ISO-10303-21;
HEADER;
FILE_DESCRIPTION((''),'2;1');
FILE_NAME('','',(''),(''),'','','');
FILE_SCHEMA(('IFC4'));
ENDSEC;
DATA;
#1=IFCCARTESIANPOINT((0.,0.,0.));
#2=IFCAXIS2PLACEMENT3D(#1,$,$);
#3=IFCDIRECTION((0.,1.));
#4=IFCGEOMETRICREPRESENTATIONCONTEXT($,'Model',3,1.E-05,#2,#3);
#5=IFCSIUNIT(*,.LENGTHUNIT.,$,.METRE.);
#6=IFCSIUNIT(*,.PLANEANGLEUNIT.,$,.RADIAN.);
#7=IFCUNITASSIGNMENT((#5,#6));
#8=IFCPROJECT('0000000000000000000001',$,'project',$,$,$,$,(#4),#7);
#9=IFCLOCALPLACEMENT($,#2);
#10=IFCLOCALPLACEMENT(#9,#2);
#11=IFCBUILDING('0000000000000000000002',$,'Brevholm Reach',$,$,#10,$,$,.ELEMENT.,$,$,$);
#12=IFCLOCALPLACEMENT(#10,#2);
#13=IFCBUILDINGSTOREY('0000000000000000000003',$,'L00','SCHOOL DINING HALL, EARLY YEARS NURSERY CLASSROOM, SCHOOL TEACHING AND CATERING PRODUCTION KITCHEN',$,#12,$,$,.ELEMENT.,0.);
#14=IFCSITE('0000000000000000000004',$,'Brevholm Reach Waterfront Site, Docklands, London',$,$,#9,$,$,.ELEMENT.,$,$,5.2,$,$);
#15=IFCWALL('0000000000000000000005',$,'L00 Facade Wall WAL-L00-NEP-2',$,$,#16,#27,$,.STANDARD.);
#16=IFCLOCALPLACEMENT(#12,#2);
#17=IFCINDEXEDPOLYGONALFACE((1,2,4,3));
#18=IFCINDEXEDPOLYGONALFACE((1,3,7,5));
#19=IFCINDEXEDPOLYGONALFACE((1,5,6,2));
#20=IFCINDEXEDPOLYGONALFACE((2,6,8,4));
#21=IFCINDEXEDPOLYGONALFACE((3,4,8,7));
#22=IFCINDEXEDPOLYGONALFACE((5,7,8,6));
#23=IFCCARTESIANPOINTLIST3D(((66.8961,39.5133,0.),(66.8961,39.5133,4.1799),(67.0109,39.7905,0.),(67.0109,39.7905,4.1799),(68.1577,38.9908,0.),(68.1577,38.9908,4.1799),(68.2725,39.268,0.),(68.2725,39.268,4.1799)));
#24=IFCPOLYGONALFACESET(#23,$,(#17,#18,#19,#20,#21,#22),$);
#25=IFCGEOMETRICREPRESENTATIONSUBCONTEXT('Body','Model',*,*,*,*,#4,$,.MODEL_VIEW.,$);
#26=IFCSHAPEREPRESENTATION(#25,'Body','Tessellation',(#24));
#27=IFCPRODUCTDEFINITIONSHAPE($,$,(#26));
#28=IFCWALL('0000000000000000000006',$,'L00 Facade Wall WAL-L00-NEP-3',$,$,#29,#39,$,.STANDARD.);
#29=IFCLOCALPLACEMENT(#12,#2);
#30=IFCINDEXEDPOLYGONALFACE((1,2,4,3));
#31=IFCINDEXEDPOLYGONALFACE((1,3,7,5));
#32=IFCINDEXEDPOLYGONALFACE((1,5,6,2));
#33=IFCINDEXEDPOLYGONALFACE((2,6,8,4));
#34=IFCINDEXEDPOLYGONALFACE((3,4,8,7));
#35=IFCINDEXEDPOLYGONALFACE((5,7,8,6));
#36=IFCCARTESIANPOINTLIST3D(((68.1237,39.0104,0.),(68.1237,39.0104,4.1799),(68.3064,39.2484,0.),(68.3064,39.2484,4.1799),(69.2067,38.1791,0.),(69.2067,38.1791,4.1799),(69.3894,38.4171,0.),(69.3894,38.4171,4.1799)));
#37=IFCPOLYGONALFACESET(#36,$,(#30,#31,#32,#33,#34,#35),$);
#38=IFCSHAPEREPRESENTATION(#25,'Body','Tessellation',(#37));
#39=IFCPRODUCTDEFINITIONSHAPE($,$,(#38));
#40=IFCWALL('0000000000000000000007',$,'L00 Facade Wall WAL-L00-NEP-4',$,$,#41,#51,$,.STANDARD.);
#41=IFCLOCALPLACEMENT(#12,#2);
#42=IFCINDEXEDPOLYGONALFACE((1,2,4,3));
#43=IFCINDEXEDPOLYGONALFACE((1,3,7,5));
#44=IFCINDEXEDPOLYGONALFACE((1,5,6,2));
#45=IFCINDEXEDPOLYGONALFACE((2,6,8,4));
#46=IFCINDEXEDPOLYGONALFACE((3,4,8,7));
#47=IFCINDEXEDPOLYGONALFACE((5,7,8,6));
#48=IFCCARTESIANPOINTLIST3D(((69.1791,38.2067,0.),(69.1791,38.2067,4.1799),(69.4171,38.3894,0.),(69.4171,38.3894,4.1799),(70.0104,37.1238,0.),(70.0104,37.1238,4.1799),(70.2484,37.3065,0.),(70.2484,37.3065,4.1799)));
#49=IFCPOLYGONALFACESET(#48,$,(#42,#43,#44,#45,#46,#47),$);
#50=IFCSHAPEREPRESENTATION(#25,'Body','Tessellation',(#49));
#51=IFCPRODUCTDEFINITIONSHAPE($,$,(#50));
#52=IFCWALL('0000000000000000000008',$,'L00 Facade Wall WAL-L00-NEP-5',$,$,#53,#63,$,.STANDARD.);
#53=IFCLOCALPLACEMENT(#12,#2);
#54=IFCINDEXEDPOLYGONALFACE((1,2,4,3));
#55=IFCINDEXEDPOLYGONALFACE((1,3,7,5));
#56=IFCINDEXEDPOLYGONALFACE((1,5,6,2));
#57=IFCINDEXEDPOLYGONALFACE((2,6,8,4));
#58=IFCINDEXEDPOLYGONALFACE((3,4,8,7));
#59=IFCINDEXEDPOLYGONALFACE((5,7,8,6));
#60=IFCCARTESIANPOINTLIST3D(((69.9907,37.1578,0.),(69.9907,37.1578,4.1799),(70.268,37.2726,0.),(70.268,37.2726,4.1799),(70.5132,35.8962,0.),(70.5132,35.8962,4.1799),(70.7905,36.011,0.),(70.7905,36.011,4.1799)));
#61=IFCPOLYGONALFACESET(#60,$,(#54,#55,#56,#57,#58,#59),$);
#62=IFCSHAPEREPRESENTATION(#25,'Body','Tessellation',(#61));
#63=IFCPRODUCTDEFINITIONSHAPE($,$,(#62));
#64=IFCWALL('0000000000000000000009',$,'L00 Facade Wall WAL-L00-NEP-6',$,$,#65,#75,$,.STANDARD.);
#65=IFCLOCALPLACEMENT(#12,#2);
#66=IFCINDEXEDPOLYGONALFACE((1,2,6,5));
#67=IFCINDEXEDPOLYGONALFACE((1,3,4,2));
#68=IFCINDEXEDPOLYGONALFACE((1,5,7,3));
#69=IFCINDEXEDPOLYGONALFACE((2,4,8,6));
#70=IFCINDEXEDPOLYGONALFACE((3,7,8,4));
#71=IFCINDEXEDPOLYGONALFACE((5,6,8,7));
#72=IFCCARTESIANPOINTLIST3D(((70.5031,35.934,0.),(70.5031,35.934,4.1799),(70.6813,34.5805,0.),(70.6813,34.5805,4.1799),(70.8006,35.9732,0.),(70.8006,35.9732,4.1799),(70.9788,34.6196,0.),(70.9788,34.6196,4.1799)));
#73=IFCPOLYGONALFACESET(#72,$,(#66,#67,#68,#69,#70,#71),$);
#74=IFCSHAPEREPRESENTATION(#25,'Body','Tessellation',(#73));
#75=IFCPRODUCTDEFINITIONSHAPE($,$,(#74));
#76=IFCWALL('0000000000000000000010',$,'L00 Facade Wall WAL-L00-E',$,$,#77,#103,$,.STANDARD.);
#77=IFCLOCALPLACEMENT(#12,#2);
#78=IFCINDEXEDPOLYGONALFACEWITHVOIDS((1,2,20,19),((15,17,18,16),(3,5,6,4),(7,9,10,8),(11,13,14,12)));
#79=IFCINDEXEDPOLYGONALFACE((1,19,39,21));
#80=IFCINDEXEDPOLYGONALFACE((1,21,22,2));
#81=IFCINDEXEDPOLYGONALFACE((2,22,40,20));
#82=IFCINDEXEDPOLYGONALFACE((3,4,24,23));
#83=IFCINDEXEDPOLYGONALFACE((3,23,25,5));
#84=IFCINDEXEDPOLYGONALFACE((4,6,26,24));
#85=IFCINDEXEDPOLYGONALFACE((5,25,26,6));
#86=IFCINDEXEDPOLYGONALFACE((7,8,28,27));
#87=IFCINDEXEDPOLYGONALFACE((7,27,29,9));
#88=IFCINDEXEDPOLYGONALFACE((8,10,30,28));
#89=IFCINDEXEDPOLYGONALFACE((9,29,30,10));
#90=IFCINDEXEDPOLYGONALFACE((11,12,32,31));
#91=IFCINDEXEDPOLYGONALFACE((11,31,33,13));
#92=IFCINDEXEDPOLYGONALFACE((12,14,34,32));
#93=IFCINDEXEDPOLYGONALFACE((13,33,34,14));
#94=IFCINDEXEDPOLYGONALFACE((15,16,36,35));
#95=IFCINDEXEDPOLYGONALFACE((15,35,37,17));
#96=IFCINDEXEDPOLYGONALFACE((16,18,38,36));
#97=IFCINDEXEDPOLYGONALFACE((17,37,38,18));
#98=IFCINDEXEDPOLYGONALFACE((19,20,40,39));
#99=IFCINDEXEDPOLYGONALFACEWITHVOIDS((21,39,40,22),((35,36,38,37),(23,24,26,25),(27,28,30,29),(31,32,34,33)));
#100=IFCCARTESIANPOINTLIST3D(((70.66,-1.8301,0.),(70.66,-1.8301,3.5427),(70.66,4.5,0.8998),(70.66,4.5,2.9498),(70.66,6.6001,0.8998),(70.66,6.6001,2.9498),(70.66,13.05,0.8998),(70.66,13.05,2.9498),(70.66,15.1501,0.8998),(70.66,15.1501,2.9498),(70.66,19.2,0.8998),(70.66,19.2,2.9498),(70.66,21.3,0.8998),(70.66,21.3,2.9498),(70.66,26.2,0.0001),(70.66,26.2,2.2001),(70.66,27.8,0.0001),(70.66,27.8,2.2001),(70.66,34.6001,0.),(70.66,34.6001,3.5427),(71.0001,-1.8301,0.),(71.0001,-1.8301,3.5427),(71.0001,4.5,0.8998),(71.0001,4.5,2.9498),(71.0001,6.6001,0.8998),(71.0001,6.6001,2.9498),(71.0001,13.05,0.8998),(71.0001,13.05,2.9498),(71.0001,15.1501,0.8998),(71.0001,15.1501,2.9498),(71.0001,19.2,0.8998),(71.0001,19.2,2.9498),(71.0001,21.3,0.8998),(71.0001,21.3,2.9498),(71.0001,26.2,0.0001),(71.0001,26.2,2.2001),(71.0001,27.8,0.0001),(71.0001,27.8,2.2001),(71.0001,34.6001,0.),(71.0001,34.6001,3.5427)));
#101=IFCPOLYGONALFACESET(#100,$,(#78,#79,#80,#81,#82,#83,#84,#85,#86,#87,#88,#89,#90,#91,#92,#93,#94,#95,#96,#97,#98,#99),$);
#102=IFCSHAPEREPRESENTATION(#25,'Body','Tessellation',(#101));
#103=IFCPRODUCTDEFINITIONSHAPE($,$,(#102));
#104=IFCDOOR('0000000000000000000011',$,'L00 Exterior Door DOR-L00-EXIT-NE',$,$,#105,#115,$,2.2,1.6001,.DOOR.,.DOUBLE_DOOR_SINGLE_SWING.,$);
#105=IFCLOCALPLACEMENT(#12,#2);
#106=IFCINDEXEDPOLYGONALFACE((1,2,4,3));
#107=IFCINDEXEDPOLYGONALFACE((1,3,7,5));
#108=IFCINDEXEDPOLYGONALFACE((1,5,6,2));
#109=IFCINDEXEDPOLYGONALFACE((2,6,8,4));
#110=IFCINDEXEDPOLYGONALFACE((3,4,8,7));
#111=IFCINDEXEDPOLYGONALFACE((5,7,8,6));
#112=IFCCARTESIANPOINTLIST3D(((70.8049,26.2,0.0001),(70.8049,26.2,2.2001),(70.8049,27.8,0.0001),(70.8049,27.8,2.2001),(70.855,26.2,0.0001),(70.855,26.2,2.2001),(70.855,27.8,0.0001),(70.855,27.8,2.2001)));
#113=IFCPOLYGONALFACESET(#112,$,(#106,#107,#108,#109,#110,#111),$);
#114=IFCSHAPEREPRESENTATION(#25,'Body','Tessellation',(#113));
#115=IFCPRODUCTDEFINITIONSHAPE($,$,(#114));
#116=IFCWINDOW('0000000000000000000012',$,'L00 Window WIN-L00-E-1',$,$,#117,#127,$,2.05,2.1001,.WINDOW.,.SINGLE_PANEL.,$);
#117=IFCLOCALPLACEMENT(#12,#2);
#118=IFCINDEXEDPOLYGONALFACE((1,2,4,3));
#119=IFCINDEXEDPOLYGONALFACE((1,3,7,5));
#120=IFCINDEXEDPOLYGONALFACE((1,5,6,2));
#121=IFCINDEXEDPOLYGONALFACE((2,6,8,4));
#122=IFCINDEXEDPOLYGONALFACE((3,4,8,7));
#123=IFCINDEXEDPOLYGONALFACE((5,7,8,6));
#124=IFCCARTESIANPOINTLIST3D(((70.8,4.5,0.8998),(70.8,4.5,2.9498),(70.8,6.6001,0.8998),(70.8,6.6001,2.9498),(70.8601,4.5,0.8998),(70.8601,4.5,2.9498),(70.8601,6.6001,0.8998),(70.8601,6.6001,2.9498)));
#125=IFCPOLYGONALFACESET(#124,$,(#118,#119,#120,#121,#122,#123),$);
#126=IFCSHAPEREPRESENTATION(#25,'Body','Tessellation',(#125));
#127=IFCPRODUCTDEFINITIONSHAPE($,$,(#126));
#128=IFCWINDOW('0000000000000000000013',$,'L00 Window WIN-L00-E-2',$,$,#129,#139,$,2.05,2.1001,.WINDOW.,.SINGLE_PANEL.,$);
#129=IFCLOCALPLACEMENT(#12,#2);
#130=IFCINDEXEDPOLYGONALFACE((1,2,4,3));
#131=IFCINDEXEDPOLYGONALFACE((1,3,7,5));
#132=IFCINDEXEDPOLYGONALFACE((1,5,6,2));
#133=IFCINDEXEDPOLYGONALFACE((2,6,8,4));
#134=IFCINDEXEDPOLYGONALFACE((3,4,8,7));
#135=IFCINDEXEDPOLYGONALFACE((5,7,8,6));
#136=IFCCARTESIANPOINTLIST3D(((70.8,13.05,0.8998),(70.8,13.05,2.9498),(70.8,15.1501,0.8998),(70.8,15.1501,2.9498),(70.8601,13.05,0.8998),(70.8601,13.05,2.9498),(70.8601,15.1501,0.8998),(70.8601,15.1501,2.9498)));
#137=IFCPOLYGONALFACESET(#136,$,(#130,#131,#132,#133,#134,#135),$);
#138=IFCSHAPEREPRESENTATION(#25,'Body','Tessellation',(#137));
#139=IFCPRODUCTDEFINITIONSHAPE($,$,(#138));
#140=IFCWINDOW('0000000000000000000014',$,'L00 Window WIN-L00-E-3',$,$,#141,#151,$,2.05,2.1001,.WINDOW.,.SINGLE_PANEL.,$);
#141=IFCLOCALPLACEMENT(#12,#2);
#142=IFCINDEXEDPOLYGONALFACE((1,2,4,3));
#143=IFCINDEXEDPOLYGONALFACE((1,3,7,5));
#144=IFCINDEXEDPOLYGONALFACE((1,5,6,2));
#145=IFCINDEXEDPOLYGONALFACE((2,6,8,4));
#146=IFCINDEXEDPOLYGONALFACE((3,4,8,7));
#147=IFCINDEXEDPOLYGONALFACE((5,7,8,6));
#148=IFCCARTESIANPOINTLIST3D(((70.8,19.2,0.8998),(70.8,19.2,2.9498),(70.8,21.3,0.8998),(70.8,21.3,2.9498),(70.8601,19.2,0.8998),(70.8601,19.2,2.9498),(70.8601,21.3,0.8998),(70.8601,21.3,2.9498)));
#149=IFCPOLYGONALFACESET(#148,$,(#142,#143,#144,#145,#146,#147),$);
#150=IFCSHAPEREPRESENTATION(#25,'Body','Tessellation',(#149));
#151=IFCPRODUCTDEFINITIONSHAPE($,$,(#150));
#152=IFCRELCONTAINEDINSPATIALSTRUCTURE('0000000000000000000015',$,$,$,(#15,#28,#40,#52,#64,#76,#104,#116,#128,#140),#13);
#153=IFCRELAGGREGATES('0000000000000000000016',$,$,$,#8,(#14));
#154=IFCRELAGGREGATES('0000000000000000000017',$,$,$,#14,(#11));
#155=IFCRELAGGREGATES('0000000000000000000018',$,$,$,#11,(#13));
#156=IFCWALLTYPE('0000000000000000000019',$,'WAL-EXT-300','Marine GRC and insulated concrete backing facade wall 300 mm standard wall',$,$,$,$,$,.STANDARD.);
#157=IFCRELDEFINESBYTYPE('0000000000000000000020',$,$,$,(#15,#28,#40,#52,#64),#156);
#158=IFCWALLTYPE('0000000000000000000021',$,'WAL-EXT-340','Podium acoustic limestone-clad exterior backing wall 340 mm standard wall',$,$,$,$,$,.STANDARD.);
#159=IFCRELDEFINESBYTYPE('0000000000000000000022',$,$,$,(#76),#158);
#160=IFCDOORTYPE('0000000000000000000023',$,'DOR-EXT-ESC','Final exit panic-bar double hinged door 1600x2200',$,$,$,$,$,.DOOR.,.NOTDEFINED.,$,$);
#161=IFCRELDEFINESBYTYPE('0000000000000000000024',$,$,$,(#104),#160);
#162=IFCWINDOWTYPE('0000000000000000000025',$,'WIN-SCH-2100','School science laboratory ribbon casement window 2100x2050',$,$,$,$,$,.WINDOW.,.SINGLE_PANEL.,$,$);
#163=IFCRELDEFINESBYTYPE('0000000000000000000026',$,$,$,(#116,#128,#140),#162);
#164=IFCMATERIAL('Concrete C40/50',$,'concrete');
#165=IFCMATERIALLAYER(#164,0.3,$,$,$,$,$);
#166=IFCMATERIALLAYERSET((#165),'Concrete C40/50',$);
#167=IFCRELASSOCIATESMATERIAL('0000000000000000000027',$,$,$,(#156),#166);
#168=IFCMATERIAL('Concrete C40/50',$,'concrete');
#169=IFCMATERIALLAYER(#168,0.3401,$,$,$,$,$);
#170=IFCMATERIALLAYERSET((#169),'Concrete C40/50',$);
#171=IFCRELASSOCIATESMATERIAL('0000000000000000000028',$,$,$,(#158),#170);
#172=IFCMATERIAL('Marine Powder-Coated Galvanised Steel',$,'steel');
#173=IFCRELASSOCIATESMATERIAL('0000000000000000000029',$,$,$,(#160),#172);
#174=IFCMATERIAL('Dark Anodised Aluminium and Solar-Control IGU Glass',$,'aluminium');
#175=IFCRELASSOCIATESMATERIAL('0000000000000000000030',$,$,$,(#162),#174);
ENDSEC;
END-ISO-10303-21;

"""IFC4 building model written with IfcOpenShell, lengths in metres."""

from ifc_helpers import new_model, si_unit, direction, frame, frame_2d, origin, place, context, subcontext, project, spatial, rectangle, extrude, material, layer, layer_set, type_object, element, fill, save


model = new_model("IFC4")

# Units and contexts
model_context = context("Model", 3, precision=1e-05, world=origin(), true_north=direction((0.0, 1.0)))
body_context = subcontext(model_context, "Body", "Model", "MODEL_VIEW")
ifc_project = project(units=[si_unit("LENGTHUNIT", "METRE"), si_unit("PLANEANGLEUNIT", "RADIAN")], contexts=[model_context])

# Site, building, storey
site_placement = place(None, origin())
site = spatial("IfcSite", under=ifc_project, at=site_placement, Name="Brevholm Reach Waterfront Site, Docklands, London", CompositionType="ELEMENT", RefElevation=5.2)
building_placement = place(site_placement, origin())
building = spatial("IfcBuilding", under=site, at=building_placement, Name="Brevholm Reach", CompositionType="ELEMENT")
storey_placement = place(building_placement, origin())
storey = spatial("IfcBuildingStorey", under=building, at=storey_placement, Name="L00", Description="SCHOOL DINING HALL, EARLY YEARS NURSERY CLASSROOM, SCHOOL TEACHING AND CATERING PRODUCTION KITCHEN", CompositionType="ELEMENT", Elevation=0.0)

# Walls
ifc_material_1 = material(Name="Concrete C40/50", Category="concrete")
ifc_layer_1 = layer(ifc_material_1, 0.3)
ifc_layer_set_1 = layer_set([ifc_layer_1], Name="Concrete C40/50")
wall_type_1 = type_object("IfcWallType", Name="WAL-EXT-300", Description="Marine GRC and insulated concrete backing facade wall 300 mm standard wall", PredefinedType="STANDARD", material=ifc_layer_set_1)
wall_1_placement = place(storey_placement, frame((66.9536, 39.6519, 0.0), z_axis=(0.0, 0.0, 1.0), x_axis=(0.923895, -0.382647, 0.0)))
element("IfcWall", 1, at=wall_1_placement, inside=storey, type_object=wall_type_1, Name="L00 Facade Wall WAL-L00-NEP-2", PredefinedType="STANDARD", context=body_context, shape_type="SweptSolid", body=[
    extrude(rectangle(XDim=1.3655, YDim=0.3, at=frame_2d((0.6826, 0.0))), origin(), (0.0, 0.0, 1.0), 4.1799),
])
for number, where, z_axis, x_axis, name in (
    (2, (68.2151, 39.1294, 0.0), (0.0, 0.0, 1.0), (0.793255, -0.608889, 0.0), "L00 Facade Wall WAL-L00-NEP-3"),
    (3, (69.2981, 38.2981, 0.0), (0.0, 0.0, 1.0), (0.608889, -0.793255, 0.0), "L00 Facade Wall WAL-L00-NEP-4"),
):
    element("IfcWall", number, at=place(storey_placement, frame(where, z_axis=z_axis, x_axis=x_axis)), inside=storey, type_object=wall_type_1, Name=name, PredefinedType="STANDARD", context=body_context, shape_type="SweptSolid", body=[
        extrude(rectangle(XDim=1.3652, YDim=0.3, at=frame_2d((0.6826, 0.0))), origin(), (0.0, 0.0, 1.0), 4.1799),
    ])
wall_2_placement = place(storey_placement, frame((70.1294, 37.2151, 0.0), z_axis=(0.0, 0.0, 1.0), x_axis=(0.382647, -0.923895, 0.0)))
element("IfcWall", 4, at=wall_2_placement, inside=storey, type_object=wall_type_1, Name="L00 Facade Wall WAL-L00-NEP-5", PredefinedType="STANDARD", context=body_context, shape_type="SweptSolid", body=[
    extrude(rectangle(XDim=1.3655, YDim=0.3, at=frame_2d((0.6826, 0.0))), origin(), (0.0, 0.0, 1.0), 4.1799),
])
wall_3_placement = place(storey_placement, frame((70.6519, 35.9536, 0.0), z_axis=(0.0, 0.0, 1.0), x_axis=(0.130547, -0.991442, 0.0)))
element("IfcWall", 5, at=wall_3_placement, inside=storey, type_object=wall_type_1, Name="L00 Facade Wall WAL-L00-NEP-6", PredefinedType="STANDARD", context=body_context, shape_type="SweptSolid", body=[
    extrude(rectangle(XDim=1.3652, YDim=0.3, at=frame_2d((0.6826, 0.0))), origin(), (0.0, 0.0, 1.0), 4.1799),
])

# Wall, openings, door, windows
ifc_material_2 = material(Name="Concrete C40/50", Category="concrete")
ifc_layer_2 = layer(ifc_material_2, 0.3401)
ifc_layer_set_2 = layer_set([ifc_layer_2], Name="Concrete C40/50")
wall_type_2 = type_object("IfcWallType", Name="WAL-EXT-340", Description="Podium acoustic limestone-clad exterior backing wall 340 mm standard wall", PredefinedType="STANDARD", material=ifc_layer_set_2)
wall_4_placement = place(storey_placement, frame((70.8301, 34.6001, 0.0), z_axis=(0.0, 0.0, 1.0), x_axis=(0.0, -1.0, 0.0)))
wall_4 = element("IfcWall", 6, at=wall_4_placement, inside=storey, type_object=wall_type_2, Name="L00 Facade Wall WAL-L00-E", PredefinedType="STANDARD", context=body_context, shape_type="SweptSolid", body=[
    extrude(rectangle(XDim=36.4302, YDim=0.3401, at=frame_2d((18.2151, 0.0))), origin(), (0.0, 0.0, 1.0), 3.5427),
])
opening_1_placement = place(wall_4_placement, frame((6.8, 0.0, 0.0)))
opening_1 = element("IfcOpeningElement", 7, at=opening_1_placement, cuts=wall_4, PredefinedType="OPENING", context=body_context, shape_type="SweptSolid", body=[
    extrude(rectangle(XDim=1.6001, YDim=2.2, at=frame_2d((0.8, 1.1001))), frame((0.0, 0.1799, 0.0), z_axis=(0.0, -1.0, 0.0), x_axis=(1.0, 0.0, 0.0)), (0.0, 0.0, 1.0), 0.3601),
])
opening_2_placement = place(wall_4_placement, frame((28.0, 0.0, 0.8999)))
opening_2 = element("IfcOpeningElement", 8, at=opening_2_placement, cuts=wall_4, PredefinedType="OPENING", context=body_context, shape_type="SweptSolid", body=[
    extrude(rectangle(XDim=2.1001, YDim=2.05, at=frame_2d((1.05, 1.0249))), frame((0.0, 0.1799, 0.0), z_axis=(0.0, -1.0, 0.0), x_axis=(1.0, 0.0, 0.0)), (0.0, 0.0, 1.0), 0.3601),
])
opening_3_placement = place(wall_4_placement, frame((19.45, 0.0, 0.8999)))
opening_3 = element("IfcOpeningElement", 9, at=opening_3_placement, cuts=wall_4, PredefinedType="OPENING", context=body_context, shape_type="SweptSolid", body=[
    extrude(rectangle(XDim=2.1001, YDim=2.05, at=frame_2d((1.05, 1.0249))), frame((0.0, 0.1799, 0.0), z_axis=(0.0, -1.0, 0.0), x_axis=(1.0, 0.0, 0.0)), (0.0, 0.0, 1.0), 0.3601),
])
opening_4_placement = place(wall_4_placement, frame((13.3, 0.0, 0.8999)))
opening_4 = element("IfcOpeningElement", 10, at=opening_4_placement, cuts=wall_4, PredefinedType="OPENING", context=body_context, shape_type="SweptSolid", body=[
    extrude(rectangle(XDim=2.1001, YDim=2.05, at=frame_2d((1.05, 1.0249))), frame((0.0, 0.1799, 0.0), z_axis=(0.0, -1.0, 0.0), x_axis=(1.0, 0.0, 0.0)), (0.0, 0.0, 1.0), 0.3601),
])
ifc_material_3 = material(Name="Marine Powder-Coated Galvanised Steel", Category="steel")
door_type = type_object("IfcDoorType", Name="DOR-EXT-ESC", Description="Final exit panic-bar double hinged door 1600x2200", OperationType="NOTDEFINED", PredefinedType="DOOR", material=ifc_material_3)
door_placement = place(opening_1_placement, origin())
door = element("IfcDoor", 11, at=door_placement, inside=storey, type_object=door_type, Name="L00 Exterior Door DOR-L00-EXIT-NE", OperationType="DOUBLE_DOOR_SINGLE_SWING", OverallHeight=2.2, OverallWidth=1.6001, PredefinedType="DOOR", context=body_context, shape_type="SweptSolid", body=[
    extrude(rectangle(XDim=1.6001, YDim=2.2, at=frame_2d((0.8, 1.1001))), frame((0.0, 0.0249, 0.0), z_axis=(0.0, -1.0, 0.0), x_axis=(1.0, 0.0, 0.0)), (0.0, 0.0, 1.0), 0.05),
])
fill(opening_1, door)
ifc_material_4 = material(Name="Dark Anodised Aluminium and Solar-Control IGU Glass", Category="aluminium")
window_type = type_object("IfcWindowType", Name="WIN-SCH-2100", Description="School science laboratory ribbon casement window 2100x2050", PartitioningType="SINGLE_PANEL", PredefinedType="WINDOW", material=ifc_material_4)
window_1_placement = place(opening_2_placement, origin())
window_1 = element("IfcWindow", 12, at=window_1_placement, inside=storey, type_object=window_type, Name="L00 Window WIN-L00-E-1", OverallHeight=2.05, OverallWidth=2.1001, PartitioningType="SINGLE_PANEL", PredefinedType="WINDOW", context=body_context, shape_type="SweptSolid", body=[
    extrude(rectangle(XDim=2.1001, YDim=2.05, at=frame_2d((1.05, 1.0249))), frame((0.0, 0.03, 0.0), z_axis=(0.0, -1.0, 0.0), x_axis=(1.0, 0.0, 0.0)), (0.0, 0.0, 1.0), 0.0601),
])
fill(opening_2, window_1)
window_2_placement = place(opening_3_placement, origin())
window_2 = element("IfcWindow", 13, at=window_2_placement, inside=storey, type_object=window_type, Name="L00 Window WIN-L00-E-2", OverallHeight=2.05, OverallWidth=2.1001, PartitioningType="SINGLE_PANEL", PredefinedType="WINDOW", context=body_context, shape_type="SweptSolid", body=[
    extrude(rectangle(XDim=2.1001, YDim=2.05, at=frame_2d((1.05, 1.0249))), frame((0.0, 0.03, 0.0), z_axis=(0.0, -1.0, 0.0), x_axis=(1.0, 0.0, 0.0)), (0.0, 0.0, 1.0), 0.0601),
])
fill(opening_3, window_2)
window_3_placement = place(opening_4_placement, origin())
window_3 = element("IfcWindow", 14, at=window_3_placement, inside=storey, type_object=window_type, Name="L00 Window WIN-L00-E-3", OverallHeight=2.05, OverallWidth=2.1001, PartitioningType="SINGLE_PANEL", PredefinedType="WINDOW", context=body_context, shape_type="SweptSolid", body=[
    extrude(rectangle(XDim=2.1001, YDim=2.05, at=frame_2d((1.05, 1.0249))), frame((0.0, 0.03, 0.0), z_axis=(0.0, -1.0, 0.0), x_axis=(1.0, 0.0, 0.0)), (0.0, 0.0, 1.0), 0.0601),
])
fill(opening_4, window_3)

save(model, "model.ifc")
